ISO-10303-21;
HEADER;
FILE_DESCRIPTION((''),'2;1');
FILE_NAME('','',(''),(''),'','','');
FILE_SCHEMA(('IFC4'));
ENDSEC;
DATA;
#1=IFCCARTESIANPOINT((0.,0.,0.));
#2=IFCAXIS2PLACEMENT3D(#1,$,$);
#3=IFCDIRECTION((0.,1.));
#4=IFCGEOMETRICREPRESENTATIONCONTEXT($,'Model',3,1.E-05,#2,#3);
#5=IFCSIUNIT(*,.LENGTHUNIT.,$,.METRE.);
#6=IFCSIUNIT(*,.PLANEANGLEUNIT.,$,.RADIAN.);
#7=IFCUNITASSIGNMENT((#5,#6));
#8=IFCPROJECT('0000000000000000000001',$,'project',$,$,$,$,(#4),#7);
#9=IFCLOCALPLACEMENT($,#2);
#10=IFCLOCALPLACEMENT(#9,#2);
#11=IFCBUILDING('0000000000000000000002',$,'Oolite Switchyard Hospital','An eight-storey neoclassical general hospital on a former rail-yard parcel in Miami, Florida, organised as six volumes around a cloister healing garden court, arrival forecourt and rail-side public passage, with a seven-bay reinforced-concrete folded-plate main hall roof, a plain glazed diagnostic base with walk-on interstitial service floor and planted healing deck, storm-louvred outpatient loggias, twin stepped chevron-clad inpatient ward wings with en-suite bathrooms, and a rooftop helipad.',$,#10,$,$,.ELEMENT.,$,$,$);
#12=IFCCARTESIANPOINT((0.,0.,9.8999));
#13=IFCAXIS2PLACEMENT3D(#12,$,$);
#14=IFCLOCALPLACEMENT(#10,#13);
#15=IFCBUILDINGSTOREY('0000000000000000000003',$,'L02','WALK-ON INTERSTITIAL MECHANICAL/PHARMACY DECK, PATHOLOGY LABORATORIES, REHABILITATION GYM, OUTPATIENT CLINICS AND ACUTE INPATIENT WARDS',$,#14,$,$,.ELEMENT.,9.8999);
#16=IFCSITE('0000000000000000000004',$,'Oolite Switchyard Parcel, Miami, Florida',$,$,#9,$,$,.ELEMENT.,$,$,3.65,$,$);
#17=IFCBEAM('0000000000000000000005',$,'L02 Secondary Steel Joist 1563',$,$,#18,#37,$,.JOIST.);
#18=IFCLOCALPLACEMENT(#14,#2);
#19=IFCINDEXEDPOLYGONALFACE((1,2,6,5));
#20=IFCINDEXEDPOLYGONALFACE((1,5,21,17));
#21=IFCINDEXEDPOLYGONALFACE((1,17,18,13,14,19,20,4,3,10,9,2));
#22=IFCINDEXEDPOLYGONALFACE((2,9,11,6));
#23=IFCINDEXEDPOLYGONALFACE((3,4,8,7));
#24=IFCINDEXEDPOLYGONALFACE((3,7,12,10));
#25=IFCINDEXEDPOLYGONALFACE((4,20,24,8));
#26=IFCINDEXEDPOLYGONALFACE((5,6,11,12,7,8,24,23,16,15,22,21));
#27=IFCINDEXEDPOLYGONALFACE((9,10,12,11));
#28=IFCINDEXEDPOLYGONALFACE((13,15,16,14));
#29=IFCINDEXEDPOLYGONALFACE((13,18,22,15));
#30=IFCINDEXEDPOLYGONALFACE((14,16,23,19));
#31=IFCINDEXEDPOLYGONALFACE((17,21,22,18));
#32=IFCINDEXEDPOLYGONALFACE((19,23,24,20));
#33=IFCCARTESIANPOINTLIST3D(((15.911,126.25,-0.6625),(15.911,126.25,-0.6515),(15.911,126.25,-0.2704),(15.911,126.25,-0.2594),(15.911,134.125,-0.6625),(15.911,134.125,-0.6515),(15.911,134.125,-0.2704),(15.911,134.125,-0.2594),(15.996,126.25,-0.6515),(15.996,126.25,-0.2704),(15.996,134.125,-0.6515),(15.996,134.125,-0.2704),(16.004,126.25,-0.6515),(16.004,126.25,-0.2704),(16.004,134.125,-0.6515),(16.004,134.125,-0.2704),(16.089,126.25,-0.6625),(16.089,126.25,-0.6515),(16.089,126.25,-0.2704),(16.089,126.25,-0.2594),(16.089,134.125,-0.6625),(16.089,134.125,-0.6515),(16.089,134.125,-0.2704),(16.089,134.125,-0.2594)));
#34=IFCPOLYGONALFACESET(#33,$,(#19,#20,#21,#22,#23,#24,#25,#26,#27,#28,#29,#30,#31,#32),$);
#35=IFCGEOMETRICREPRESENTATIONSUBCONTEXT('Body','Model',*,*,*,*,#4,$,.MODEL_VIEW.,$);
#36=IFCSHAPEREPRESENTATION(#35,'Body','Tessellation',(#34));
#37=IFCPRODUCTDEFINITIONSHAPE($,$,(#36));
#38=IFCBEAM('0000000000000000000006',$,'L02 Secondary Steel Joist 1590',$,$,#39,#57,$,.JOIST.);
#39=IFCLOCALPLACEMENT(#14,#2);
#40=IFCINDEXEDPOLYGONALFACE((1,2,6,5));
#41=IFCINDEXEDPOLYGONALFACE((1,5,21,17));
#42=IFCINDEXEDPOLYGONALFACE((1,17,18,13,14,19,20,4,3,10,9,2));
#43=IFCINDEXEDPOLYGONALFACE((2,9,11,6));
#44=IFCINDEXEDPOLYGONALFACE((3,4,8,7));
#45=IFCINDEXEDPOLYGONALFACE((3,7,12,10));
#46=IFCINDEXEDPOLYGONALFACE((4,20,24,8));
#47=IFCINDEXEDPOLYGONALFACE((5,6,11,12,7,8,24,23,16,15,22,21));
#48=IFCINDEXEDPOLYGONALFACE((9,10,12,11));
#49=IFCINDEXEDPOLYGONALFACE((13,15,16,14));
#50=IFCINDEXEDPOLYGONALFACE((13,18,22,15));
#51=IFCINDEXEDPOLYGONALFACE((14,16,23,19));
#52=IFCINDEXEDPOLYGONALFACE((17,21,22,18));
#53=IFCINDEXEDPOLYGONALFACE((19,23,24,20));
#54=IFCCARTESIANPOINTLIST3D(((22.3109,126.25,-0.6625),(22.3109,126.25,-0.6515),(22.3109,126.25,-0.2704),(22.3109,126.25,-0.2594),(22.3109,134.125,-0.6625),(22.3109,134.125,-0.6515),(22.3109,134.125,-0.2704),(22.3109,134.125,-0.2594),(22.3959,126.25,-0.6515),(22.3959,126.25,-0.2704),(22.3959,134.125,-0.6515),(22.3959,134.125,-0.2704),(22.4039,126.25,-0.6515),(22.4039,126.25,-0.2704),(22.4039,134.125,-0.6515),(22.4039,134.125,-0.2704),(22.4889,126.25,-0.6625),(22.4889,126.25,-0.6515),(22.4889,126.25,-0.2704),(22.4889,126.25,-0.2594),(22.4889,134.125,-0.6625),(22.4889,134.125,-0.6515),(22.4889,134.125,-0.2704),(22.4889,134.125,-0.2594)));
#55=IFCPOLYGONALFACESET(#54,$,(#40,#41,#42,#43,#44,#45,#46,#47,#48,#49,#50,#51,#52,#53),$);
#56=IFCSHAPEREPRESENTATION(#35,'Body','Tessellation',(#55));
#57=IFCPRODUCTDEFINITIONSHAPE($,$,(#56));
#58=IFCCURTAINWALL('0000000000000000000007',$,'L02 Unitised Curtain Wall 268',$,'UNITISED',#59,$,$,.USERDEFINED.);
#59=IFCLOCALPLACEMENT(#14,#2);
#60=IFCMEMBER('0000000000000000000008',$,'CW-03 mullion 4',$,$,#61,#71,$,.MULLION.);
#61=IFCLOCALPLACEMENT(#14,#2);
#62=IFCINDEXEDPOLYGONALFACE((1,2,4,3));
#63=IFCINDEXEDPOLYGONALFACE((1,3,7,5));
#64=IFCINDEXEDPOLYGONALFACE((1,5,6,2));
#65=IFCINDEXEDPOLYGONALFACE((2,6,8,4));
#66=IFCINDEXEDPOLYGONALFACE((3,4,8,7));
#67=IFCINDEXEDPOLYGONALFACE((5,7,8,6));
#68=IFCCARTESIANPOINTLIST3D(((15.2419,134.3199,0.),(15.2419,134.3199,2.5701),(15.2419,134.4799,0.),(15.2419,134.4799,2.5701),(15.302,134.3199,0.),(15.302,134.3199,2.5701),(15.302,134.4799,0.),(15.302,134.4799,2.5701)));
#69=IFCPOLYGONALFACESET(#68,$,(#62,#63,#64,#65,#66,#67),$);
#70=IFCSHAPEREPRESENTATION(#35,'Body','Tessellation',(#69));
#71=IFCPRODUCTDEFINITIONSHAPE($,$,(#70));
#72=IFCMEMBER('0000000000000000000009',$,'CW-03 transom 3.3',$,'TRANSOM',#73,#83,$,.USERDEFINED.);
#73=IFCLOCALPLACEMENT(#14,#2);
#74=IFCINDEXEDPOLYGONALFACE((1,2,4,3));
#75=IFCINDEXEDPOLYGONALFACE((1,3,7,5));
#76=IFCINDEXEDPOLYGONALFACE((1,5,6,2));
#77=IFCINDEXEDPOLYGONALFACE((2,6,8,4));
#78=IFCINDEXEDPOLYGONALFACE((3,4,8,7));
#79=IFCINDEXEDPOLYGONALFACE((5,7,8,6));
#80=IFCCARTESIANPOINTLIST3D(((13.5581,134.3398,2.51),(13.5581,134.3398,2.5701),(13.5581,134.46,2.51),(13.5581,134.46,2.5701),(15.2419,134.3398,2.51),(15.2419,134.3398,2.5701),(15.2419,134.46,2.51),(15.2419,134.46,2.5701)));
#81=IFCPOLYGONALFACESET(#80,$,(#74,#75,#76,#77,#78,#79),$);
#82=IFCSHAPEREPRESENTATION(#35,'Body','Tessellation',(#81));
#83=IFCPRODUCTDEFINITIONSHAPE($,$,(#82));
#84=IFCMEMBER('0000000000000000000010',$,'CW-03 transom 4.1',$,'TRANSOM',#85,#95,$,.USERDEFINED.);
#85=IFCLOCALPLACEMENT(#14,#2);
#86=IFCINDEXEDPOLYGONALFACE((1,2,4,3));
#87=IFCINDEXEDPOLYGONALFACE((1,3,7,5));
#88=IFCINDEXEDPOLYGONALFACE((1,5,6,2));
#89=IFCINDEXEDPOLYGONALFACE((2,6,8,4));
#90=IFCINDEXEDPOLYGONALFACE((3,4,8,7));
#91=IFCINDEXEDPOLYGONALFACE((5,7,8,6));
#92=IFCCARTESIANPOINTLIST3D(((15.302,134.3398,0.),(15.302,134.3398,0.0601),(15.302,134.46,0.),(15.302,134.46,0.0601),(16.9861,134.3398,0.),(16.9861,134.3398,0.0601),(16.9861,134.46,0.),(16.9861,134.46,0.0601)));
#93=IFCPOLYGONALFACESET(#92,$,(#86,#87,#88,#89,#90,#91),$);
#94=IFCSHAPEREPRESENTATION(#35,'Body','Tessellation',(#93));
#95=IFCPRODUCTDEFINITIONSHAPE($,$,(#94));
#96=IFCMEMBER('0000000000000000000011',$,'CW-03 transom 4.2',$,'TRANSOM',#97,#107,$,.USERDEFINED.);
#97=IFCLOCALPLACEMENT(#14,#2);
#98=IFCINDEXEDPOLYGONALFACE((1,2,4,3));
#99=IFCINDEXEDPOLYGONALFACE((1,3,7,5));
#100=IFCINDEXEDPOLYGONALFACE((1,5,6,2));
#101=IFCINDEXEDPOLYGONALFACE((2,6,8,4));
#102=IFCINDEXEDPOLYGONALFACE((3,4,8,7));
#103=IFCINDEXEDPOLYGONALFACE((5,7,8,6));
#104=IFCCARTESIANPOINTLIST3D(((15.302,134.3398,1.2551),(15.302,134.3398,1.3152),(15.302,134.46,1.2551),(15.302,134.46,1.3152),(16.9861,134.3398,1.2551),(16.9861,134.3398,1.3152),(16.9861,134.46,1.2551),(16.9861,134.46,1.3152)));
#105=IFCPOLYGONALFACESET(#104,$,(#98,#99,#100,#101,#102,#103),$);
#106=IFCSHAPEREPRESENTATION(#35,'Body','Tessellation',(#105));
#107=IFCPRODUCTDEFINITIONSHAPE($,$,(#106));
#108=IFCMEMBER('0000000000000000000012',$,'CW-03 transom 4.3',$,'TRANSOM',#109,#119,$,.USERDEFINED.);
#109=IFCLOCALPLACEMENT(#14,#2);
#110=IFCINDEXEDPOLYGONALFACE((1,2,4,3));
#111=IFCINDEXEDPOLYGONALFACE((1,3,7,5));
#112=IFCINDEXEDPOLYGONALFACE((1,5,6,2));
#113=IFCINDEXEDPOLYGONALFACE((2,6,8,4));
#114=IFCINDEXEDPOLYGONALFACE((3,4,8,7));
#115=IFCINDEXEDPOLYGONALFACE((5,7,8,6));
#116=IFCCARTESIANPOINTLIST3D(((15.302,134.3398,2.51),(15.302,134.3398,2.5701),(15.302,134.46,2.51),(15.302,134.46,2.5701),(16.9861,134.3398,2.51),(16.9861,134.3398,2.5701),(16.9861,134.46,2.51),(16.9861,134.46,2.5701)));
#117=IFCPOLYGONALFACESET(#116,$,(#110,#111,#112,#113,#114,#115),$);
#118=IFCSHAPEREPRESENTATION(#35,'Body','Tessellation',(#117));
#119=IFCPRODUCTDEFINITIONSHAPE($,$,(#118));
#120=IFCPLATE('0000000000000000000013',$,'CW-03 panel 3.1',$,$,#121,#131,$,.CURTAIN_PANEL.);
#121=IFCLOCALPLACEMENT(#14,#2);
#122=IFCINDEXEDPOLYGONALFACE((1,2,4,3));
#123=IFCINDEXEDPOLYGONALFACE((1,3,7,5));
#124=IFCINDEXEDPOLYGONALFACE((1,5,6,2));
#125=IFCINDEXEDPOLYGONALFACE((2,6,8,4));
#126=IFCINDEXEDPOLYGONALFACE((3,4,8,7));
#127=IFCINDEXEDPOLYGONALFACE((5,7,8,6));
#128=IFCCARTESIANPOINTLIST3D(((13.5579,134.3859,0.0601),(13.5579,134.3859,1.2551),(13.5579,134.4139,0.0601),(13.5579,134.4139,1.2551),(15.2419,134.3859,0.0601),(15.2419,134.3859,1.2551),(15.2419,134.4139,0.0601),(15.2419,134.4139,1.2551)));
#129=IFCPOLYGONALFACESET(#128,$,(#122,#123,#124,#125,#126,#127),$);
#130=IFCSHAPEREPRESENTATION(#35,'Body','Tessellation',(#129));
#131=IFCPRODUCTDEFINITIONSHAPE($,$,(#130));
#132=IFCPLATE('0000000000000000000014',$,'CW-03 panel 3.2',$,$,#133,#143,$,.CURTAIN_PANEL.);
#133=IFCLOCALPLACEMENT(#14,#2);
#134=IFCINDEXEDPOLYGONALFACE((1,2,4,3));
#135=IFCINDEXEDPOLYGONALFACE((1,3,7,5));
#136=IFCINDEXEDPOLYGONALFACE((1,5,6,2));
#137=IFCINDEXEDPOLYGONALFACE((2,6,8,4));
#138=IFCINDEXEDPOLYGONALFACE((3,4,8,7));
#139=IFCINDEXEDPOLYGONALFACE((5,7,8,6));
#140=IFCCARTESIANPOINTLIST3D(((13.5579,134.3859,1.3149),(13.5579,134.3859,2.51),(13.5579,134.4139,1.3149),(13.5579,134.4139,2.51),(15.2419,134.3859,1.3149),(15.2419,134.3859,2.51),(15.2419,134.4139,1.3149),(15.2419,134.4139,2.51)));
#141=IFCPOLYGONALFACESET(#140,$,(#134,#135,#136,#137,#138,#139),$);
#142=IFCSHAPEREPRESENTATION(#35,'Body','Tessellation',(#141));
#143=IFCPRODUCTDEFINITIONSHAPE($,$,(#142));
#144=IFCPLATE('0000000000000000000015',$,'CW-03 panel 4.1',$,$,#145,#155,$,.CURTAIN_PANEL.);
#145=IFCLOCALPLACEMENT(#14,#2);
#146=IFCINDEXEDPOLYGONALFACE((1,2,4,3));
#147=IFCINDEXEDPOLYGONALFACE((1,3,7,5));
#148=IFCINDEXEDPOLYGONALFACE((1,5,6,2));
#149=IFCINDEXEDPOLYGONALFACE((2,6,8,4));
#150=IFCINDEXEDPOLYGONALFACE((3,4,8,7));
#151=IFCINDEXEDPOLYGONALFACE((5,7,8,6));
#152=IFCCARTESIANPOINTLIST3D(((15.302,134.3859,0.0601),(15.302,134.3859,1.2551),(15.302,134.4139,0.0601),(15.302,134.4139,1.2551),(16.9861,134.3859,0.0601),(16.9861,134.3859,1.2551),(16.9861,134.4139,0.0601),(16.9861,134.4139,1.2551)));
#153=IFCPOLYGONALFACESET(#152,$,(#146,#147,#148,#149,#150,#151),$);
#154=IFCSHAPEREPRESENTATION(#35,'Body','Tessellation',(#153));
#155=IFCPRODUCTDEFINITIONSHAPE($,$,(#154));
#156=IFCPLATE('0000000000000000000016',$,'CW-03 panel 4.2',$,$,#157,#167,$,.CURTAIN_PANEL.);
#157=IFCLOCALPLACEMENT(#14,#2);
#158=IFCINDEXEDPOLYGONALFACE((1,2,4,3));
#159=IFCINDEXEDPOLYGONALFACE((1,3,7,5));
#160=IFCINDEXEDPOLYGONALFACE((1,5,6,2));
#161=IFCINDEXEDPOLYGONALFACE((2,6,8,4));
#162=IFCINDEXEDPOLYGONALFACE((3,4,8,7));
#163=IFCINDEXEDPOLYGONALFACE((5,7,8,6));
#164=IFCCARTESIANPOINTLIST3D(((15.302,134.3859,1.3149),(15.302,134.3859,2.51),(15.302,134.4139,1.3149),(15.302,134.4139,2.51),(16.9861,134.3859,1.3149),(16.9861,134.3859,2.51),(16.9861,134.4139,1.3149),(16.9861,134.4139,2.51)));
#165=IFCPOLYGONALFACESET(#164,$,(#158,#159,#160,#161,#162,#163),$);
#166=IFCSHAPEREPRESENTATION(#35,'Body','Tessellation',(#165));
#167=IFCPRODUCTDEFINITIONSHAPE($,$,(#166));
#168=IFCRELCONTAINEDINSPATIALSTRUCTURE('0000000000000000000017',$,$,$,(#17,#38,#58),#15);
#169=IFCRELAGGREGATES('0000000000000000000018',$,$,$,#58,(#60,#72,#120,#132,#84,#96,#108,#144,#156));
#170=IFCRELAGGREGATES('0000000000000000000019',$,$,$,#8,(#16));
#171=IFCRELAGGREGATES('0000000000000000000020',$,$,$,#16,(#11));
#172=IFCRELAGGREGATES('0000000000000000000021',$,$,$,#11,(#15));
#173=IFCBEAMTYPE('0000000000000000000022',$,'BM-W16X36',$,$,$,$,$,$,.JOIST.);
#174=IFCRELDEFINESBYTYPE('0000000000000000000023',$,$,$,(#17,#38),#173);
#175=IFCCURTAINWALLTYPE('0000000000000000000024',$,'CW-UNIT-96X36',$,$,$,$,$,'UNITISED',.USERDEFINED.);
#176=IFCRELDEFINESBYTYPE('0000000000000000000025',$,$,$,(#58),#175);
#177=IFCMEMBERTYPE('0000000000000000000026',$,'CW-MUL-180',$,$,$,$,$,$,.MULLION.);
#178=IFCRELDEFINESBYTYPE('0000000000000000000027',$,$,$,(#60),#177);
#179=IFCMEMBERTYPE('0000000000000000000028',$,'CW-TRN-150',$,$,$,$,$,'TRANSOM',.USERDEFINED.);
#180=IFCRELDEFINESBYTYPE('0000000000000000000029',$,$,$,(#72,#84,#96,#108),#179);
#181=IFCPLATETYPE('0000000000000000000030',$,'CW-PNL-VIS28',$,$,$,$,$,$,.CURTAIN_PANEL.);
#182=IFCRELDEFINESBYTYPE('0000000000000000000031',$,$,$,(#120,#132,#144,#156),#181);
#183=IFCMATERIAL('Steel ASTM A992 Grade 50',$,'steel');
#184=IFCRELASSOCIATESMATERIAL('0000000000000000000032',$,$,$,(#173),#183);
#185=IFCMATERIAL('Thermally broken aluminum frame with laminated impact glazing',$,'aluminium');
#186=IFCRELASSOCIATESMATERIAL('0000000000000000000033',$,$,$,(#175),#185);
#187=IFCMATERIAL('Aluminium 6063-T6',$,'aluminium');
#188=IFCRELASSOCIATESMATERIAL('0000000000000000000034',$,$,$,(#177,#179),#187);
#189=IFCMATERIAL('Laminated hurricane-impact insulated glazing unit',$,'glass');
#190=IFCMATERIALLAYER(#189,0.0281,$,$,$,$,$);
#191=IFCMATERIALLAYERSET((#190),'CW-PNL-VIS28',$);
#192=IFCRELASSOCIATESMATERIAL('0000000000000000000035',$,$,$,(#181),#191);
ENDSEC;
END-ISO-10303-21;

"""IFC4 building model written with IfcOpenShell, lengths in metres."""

from ifc_helpers import new_model, si_unit, direction, frame, origin, origin_2d, place, context, subcontext, project, spatial, rectangle, i_section, extrude, material, layer, layer_set, material_profile, profile_set, type_object, element, aggregate, save


model = new_model("IFC4")

# Units and contexts
model_context = context("Model", 3, precision=1e-05, world=origin(), true_north=direction((0.0, 1.0)))
body_context = subcontext(model_context, "Body", "Model", "MODEL_VIEW")
ifc_project = project(units=[si_unit("LENGTHUNIT", "METRE"), si_unit("PLANEANGLEUNIT", "RADIAN")], contexts=[model_context])

# Site, building, storey
site_placement = place(None, origin())
site = spatial("IfcSite", under=ifc_project, at=site_placement, Name="Oolite Switchyard Parcel, Miami, Florida", CompositionType="ELEMENT", RefElevation=3.65)
building_placement = place(site_placement, origin())
building = spatial("IfcBuilding", under=site, at=building_placement, Name="Oolite Switchyard Hospital", Description="An eight-storey neoclassical general hospital on a former rail-yard parcel in Miami, Florida, organised as six volumes around a cloister healing garden court, arrival forecourt and rail-side public passage, with a seven-bay reinforced-concrete folded-plate main hall roof, a plain glazed diagnostic base with walk-on interstitial service floor and planted healing deck, storm-louvred outpatient loggias, twin stepped chevron-clad inpatient ward wings with en-suite bathrooms, and a rooftop helipad.", CompositionType="ELEMENT")
storey_placement = place(building_placement, frame((0.0, 0.0, 9.8999)))
storey = spatial("IfcBuildingStorey", under=building, at=storey_placement, Name="L02", Description="WALK-ON INTERSTITIAL MECHANICAL/PHARMACY DECK, PATHOLOGY LABORATORIES, REHABILITATION GYM, OUTPATIENT CLINICS AND ACUTE INPATIENT WARDS", CompositionType="ELEMENT", Elevation=9.8999)

# Beams
ifc_material_1 = material(Name="Steel ASTM A992 Grade 50", Category="steel")
ifc_material_profile_1 = material_profile(ifc_material_1, i_section(OverallWidth=0.178, OverallDepth=0.4031, WebThickness=0.0081, FlangeThickness=0.011, at=origin_2d()), Name="W16X36")
ifc_profile_set_1 = profile_set([ifc_material_profile_1], Name="Steel ASTM A992 Grade 50")
beam_type_1 = type_object("IfcBeamType", Name="BM-W16X36", PredefinedType="JOIST", material=ifc_profile_set_1)
for number, where, z_axis, x_axis, name in (
    (1, (16.0, 126.25, -0.4609), (0.0, 1.0, 0.0), (-1.0, 0.0, 0.0), "L02 Secondary Steel Joist 1563"),
    (2, (22.3999, 126.25, -0.4609), (0.0, 1.0, 0.0), (-1.0, 0.0, 0.0), "L02 Secondary Steel Joist 1590"),
):
    element("IfcBeam", number, at=place(storey_placement, frame(where, z_axis=z_axis, x_axis=x_axis)), inside=storey, type_object=beam_type_1, Name=name, PredefinedType="JOIST", context=body_context, shape_type="SweptSolid", body=[
        extrude(i_section(OverallWidth=0.178, OverallDepth=0.4031, WebThickness=0.0081, FlangeThickness=0.011, at=origin_2d()), origin(), (0.0, 0.0, 1.0), 7.875),
    ])

# Curtain wall, members, plates
ifc_material_2 = material(Name="Thermally broken aluminum frame with laminated impact glazing", Category="aluminium")
curtain_wall_type = type_object("IfcCurtainWallType", Name="CW-UNIT-96X36", ElementType="UNITISED", PredefinedType="USERDEFINED", material=ifc_material_2)
curtain_wall_placement = place(storey_placement, origin())
curtain_wall = element("IfcCurtainWall", 3, at=curtain_wall_placement, inside=storey, type_object=curtain_wall_type, Name="L02 Unitised Curtain Wall 268", ObjectType="UNITISED", PredefinedType="USERDEFINED")
ifc_material_3 = material(Name="Aluminium 6063-T6", Category="aluminium")
ifc_material_profile_2 = material_profile(ifc_material_3, rectangle(XDim=0.1599, YDim=0.0601, at=origin_2d()), Name="CWM60X160")
ifc_profile_set_2 = profile_set([ifc_material_profile_2], Name="Aluminium 6063-T6")
member_type_1 = type_object("IfcMemberType", Name="CW-MUL-180", PredefinedType="MULLION", material=ifc_profile_set_2)
member_1_placement = place(storey_placement, frame((15.272, 134.3999, 0.0), z_axis=(0.0, 0.0, 1.0), x_axis=(0.0, 1.0, 0.0)))
member_1 = element("IfcMember", 4, at=member_1_placement, type_object=member_type_1, Name="CW-03 mullion 4", PredefinedType="MULLION", context=body_context, shape_type="SweptSolid", body=[
    extrude(rectangle(XDim=0.1599, YDim=0.0601, at=origin_2d()), origin(), (0.0, 0.0, 1.0), 2.5701),
])
ifc_material_profile_3 = material_profile(ifc_material_3, rectangle(XDim=0.1201, YDim=0.0601, at=origin_2d()), Name="CWT60X120")
ifc_profile_set_3 = profile_set([ifc_material_profile_3], Name="Aluminium 6063-T6")
member_type_2 = type_object("IfcMemberType", Name="CW-TRN-150", ElementType="TRANSOM", PredefinedType="USERDEFINED", material=ifc_profile_set_3)
member_2_placement = place(storey_placement, frame((13.5581, 134.3999, 2.54), z_axis=(1.0, 0.0, 0.0), x_axis=(0.0, 1.0, 0.0)))
member_2 = element("IfcMember", 5, at=member_2_placement, type_object=member_type_2, Name="CW-03 transom 3.3", ObjectType="TRANSOM", PredefinedType="USERDEFINED", context=body_context, shape_type="SweptSolid", body=[
    extrude(rectangle(XDim=0.1201, YDim=0.0601, at=origin_2d()), origin(), (0.0, 0.0, 1.0), 1.6838),
])
member_3_placement = place(storey_placement, frame((15.302, 134.3999, 0.03), z_axis=(1.0, 0.0, 0.0), x_axis=(0.0, 1.0, 0.0)))
member_3 = element("IfcMember", 6, at=member_3_placement, type_object=member_type_2, Name="CW-03 transom 4.1", ObjectType="TRANSOM", PredefinedType="USERDEFINED", context=body_context, shape_type="SweptSolid", body=[
    extrude(rectangle(XDim=0.1201, YDim=0.0601, at=origin_2d()), origin(), (0.0, 0.0, 1.0), 1.6841),
])
member_4_placement = place(storey_placement, frame((15.302, 134.3999, 1.2852), z_axis=(1.0, 0.0, 0.0), x_axis=(0.0, 1.0, 0.0)))
member_4 = element("IfcMember", 7, at=member_4_placement, type_object=member_type_2, Name="CW-03 transom 4.2", ObjectType="TRANSOM", PredefinedType="USERDEFINED", context=body_context, shape_type="SweptSolid", body=[
    extrude(rectangle(XDim=0.1201, YDim=0.0601, at=origin_2d()), origin(), (0.0, 0.0, 1.0), 1.6841),
])
member_5_placement = place(storey_placement, frame((15.302, 134.3999, 2.54), z_axis=(1.0, 0.0, 0.0), x_axis=(0.0, 1.0, 0.0)))
member_5 = element("IfcMember", 8, at=member_5_placement, type_object=member_type_2, Name="CW-03 transom 4.3", ObjectType="TRANSOM", PredefinedType="USERDEFINED", context=body_context, shape_type="SweptSolid", body=[
    extrude(rectangle(XDim=0.1201, YDim=0.0601, at=origin_2d()), origin(), (0.0, 0.0, 1.0), 1.6841),
])
ifc_material_4 = material(Name="Laminated hurricane-impact insulated glazing unit", Category="glass")
ifc_layer = layer(ifc_material_4, 0.0281)
ifc_layer_set = layer_set([ifc_layer], Name="CW-PNL-VIS28")
plate_type = type_object("IfcPlateType", Name="CW-PNL-VIS28", PredefinedType="CURTAIN_PANEL", material=ifc_layer_set)
plate_1_placement = place(storey_placement, frame((14.3999, 134.3999, 0.0601), z_axis=(0.0, 0.0, 1.0), x_axis=(1.0, 0.0, 0.0)))
plate_1 = element("IfcPlate", 9, at=plate_1_placement, type_object=plate_type, Name="CW-03 panel 3.1", PredefinedType="CURTAIN_PANEL", context=body_context, shape_type="SweptSolid", body=[
    extrude(rectangle(XDim=1.6841, YDim=0.0281, at=origin_2d()), origin(), (0.0, 0.0, 1.0), 1.1951),
])
plate_2_placement = place(storey_placement, frame((14.3999, 134.3999, 1.3149), z_axis=(0.0, 0.0, 1.0), x_axis=(1.0, 0.0, 0.0)))
plate_2 = element("IfcPlate", 10, at=plate_2_placement, type_object=plate_type, Name="CW-03 panel 3.2", PredefinedType="CURTAIN_PANEL", context=body_context, shape_type="SweptSolid", body=[
    extrude(rectangle(XDim=1.6841, YDim=0.0281, at=origin_2d()), origin(), (0.0, 0.0, 1.0), 1.1951),
])
plate_3_placement = place(storey_placement, frame((16.144, 134.3999, 0.0601), z_axis=(0.0, 0.0, 1.0), x_axis=(1.0, 0.0, 0.0)))
plate_3 = element("IfcPlate", 11, at=plate_3_placement, type_object=plate_type, Name="CW-03 panel 4.1", PredefinedType="CURTAIN_PANEL", context=body_context, shape_type="SweptSolid", body=[
    extrude(rectangle(XDim=1.6841, YDim=0.0281, at=origin_2d()), origin(), (0.0, 0.0, 1.0), 1.1951),
])
plate_4_placement = place(storey_placement, frame((16.144, 134.3999, 1.3149), z_axis=(0.0, 0.0, 1.0), x_axis=(1.0, 0.0, 0.0)))
plate_4 = element("IfcPlate", 12, at=plate_4_placement, type_object=plate_type, Name="CW-03 panel 4.2", PredefinedType="CURTAIN_PANEL", context=body_context, shape_type="SweptSolid", body=[
    extrude(rectangle(XDim=1.6841, YDim=0.0281, at=origin_2d()), origin(), (0.0, 0.0, 1.0), 1.1951),
])
aggregate(curtain_wall, [member_1, member_2, plate_1, plate_2, member_3, member_4, member_5, plate_3, plate_4])

save(model, "model.ifc")
